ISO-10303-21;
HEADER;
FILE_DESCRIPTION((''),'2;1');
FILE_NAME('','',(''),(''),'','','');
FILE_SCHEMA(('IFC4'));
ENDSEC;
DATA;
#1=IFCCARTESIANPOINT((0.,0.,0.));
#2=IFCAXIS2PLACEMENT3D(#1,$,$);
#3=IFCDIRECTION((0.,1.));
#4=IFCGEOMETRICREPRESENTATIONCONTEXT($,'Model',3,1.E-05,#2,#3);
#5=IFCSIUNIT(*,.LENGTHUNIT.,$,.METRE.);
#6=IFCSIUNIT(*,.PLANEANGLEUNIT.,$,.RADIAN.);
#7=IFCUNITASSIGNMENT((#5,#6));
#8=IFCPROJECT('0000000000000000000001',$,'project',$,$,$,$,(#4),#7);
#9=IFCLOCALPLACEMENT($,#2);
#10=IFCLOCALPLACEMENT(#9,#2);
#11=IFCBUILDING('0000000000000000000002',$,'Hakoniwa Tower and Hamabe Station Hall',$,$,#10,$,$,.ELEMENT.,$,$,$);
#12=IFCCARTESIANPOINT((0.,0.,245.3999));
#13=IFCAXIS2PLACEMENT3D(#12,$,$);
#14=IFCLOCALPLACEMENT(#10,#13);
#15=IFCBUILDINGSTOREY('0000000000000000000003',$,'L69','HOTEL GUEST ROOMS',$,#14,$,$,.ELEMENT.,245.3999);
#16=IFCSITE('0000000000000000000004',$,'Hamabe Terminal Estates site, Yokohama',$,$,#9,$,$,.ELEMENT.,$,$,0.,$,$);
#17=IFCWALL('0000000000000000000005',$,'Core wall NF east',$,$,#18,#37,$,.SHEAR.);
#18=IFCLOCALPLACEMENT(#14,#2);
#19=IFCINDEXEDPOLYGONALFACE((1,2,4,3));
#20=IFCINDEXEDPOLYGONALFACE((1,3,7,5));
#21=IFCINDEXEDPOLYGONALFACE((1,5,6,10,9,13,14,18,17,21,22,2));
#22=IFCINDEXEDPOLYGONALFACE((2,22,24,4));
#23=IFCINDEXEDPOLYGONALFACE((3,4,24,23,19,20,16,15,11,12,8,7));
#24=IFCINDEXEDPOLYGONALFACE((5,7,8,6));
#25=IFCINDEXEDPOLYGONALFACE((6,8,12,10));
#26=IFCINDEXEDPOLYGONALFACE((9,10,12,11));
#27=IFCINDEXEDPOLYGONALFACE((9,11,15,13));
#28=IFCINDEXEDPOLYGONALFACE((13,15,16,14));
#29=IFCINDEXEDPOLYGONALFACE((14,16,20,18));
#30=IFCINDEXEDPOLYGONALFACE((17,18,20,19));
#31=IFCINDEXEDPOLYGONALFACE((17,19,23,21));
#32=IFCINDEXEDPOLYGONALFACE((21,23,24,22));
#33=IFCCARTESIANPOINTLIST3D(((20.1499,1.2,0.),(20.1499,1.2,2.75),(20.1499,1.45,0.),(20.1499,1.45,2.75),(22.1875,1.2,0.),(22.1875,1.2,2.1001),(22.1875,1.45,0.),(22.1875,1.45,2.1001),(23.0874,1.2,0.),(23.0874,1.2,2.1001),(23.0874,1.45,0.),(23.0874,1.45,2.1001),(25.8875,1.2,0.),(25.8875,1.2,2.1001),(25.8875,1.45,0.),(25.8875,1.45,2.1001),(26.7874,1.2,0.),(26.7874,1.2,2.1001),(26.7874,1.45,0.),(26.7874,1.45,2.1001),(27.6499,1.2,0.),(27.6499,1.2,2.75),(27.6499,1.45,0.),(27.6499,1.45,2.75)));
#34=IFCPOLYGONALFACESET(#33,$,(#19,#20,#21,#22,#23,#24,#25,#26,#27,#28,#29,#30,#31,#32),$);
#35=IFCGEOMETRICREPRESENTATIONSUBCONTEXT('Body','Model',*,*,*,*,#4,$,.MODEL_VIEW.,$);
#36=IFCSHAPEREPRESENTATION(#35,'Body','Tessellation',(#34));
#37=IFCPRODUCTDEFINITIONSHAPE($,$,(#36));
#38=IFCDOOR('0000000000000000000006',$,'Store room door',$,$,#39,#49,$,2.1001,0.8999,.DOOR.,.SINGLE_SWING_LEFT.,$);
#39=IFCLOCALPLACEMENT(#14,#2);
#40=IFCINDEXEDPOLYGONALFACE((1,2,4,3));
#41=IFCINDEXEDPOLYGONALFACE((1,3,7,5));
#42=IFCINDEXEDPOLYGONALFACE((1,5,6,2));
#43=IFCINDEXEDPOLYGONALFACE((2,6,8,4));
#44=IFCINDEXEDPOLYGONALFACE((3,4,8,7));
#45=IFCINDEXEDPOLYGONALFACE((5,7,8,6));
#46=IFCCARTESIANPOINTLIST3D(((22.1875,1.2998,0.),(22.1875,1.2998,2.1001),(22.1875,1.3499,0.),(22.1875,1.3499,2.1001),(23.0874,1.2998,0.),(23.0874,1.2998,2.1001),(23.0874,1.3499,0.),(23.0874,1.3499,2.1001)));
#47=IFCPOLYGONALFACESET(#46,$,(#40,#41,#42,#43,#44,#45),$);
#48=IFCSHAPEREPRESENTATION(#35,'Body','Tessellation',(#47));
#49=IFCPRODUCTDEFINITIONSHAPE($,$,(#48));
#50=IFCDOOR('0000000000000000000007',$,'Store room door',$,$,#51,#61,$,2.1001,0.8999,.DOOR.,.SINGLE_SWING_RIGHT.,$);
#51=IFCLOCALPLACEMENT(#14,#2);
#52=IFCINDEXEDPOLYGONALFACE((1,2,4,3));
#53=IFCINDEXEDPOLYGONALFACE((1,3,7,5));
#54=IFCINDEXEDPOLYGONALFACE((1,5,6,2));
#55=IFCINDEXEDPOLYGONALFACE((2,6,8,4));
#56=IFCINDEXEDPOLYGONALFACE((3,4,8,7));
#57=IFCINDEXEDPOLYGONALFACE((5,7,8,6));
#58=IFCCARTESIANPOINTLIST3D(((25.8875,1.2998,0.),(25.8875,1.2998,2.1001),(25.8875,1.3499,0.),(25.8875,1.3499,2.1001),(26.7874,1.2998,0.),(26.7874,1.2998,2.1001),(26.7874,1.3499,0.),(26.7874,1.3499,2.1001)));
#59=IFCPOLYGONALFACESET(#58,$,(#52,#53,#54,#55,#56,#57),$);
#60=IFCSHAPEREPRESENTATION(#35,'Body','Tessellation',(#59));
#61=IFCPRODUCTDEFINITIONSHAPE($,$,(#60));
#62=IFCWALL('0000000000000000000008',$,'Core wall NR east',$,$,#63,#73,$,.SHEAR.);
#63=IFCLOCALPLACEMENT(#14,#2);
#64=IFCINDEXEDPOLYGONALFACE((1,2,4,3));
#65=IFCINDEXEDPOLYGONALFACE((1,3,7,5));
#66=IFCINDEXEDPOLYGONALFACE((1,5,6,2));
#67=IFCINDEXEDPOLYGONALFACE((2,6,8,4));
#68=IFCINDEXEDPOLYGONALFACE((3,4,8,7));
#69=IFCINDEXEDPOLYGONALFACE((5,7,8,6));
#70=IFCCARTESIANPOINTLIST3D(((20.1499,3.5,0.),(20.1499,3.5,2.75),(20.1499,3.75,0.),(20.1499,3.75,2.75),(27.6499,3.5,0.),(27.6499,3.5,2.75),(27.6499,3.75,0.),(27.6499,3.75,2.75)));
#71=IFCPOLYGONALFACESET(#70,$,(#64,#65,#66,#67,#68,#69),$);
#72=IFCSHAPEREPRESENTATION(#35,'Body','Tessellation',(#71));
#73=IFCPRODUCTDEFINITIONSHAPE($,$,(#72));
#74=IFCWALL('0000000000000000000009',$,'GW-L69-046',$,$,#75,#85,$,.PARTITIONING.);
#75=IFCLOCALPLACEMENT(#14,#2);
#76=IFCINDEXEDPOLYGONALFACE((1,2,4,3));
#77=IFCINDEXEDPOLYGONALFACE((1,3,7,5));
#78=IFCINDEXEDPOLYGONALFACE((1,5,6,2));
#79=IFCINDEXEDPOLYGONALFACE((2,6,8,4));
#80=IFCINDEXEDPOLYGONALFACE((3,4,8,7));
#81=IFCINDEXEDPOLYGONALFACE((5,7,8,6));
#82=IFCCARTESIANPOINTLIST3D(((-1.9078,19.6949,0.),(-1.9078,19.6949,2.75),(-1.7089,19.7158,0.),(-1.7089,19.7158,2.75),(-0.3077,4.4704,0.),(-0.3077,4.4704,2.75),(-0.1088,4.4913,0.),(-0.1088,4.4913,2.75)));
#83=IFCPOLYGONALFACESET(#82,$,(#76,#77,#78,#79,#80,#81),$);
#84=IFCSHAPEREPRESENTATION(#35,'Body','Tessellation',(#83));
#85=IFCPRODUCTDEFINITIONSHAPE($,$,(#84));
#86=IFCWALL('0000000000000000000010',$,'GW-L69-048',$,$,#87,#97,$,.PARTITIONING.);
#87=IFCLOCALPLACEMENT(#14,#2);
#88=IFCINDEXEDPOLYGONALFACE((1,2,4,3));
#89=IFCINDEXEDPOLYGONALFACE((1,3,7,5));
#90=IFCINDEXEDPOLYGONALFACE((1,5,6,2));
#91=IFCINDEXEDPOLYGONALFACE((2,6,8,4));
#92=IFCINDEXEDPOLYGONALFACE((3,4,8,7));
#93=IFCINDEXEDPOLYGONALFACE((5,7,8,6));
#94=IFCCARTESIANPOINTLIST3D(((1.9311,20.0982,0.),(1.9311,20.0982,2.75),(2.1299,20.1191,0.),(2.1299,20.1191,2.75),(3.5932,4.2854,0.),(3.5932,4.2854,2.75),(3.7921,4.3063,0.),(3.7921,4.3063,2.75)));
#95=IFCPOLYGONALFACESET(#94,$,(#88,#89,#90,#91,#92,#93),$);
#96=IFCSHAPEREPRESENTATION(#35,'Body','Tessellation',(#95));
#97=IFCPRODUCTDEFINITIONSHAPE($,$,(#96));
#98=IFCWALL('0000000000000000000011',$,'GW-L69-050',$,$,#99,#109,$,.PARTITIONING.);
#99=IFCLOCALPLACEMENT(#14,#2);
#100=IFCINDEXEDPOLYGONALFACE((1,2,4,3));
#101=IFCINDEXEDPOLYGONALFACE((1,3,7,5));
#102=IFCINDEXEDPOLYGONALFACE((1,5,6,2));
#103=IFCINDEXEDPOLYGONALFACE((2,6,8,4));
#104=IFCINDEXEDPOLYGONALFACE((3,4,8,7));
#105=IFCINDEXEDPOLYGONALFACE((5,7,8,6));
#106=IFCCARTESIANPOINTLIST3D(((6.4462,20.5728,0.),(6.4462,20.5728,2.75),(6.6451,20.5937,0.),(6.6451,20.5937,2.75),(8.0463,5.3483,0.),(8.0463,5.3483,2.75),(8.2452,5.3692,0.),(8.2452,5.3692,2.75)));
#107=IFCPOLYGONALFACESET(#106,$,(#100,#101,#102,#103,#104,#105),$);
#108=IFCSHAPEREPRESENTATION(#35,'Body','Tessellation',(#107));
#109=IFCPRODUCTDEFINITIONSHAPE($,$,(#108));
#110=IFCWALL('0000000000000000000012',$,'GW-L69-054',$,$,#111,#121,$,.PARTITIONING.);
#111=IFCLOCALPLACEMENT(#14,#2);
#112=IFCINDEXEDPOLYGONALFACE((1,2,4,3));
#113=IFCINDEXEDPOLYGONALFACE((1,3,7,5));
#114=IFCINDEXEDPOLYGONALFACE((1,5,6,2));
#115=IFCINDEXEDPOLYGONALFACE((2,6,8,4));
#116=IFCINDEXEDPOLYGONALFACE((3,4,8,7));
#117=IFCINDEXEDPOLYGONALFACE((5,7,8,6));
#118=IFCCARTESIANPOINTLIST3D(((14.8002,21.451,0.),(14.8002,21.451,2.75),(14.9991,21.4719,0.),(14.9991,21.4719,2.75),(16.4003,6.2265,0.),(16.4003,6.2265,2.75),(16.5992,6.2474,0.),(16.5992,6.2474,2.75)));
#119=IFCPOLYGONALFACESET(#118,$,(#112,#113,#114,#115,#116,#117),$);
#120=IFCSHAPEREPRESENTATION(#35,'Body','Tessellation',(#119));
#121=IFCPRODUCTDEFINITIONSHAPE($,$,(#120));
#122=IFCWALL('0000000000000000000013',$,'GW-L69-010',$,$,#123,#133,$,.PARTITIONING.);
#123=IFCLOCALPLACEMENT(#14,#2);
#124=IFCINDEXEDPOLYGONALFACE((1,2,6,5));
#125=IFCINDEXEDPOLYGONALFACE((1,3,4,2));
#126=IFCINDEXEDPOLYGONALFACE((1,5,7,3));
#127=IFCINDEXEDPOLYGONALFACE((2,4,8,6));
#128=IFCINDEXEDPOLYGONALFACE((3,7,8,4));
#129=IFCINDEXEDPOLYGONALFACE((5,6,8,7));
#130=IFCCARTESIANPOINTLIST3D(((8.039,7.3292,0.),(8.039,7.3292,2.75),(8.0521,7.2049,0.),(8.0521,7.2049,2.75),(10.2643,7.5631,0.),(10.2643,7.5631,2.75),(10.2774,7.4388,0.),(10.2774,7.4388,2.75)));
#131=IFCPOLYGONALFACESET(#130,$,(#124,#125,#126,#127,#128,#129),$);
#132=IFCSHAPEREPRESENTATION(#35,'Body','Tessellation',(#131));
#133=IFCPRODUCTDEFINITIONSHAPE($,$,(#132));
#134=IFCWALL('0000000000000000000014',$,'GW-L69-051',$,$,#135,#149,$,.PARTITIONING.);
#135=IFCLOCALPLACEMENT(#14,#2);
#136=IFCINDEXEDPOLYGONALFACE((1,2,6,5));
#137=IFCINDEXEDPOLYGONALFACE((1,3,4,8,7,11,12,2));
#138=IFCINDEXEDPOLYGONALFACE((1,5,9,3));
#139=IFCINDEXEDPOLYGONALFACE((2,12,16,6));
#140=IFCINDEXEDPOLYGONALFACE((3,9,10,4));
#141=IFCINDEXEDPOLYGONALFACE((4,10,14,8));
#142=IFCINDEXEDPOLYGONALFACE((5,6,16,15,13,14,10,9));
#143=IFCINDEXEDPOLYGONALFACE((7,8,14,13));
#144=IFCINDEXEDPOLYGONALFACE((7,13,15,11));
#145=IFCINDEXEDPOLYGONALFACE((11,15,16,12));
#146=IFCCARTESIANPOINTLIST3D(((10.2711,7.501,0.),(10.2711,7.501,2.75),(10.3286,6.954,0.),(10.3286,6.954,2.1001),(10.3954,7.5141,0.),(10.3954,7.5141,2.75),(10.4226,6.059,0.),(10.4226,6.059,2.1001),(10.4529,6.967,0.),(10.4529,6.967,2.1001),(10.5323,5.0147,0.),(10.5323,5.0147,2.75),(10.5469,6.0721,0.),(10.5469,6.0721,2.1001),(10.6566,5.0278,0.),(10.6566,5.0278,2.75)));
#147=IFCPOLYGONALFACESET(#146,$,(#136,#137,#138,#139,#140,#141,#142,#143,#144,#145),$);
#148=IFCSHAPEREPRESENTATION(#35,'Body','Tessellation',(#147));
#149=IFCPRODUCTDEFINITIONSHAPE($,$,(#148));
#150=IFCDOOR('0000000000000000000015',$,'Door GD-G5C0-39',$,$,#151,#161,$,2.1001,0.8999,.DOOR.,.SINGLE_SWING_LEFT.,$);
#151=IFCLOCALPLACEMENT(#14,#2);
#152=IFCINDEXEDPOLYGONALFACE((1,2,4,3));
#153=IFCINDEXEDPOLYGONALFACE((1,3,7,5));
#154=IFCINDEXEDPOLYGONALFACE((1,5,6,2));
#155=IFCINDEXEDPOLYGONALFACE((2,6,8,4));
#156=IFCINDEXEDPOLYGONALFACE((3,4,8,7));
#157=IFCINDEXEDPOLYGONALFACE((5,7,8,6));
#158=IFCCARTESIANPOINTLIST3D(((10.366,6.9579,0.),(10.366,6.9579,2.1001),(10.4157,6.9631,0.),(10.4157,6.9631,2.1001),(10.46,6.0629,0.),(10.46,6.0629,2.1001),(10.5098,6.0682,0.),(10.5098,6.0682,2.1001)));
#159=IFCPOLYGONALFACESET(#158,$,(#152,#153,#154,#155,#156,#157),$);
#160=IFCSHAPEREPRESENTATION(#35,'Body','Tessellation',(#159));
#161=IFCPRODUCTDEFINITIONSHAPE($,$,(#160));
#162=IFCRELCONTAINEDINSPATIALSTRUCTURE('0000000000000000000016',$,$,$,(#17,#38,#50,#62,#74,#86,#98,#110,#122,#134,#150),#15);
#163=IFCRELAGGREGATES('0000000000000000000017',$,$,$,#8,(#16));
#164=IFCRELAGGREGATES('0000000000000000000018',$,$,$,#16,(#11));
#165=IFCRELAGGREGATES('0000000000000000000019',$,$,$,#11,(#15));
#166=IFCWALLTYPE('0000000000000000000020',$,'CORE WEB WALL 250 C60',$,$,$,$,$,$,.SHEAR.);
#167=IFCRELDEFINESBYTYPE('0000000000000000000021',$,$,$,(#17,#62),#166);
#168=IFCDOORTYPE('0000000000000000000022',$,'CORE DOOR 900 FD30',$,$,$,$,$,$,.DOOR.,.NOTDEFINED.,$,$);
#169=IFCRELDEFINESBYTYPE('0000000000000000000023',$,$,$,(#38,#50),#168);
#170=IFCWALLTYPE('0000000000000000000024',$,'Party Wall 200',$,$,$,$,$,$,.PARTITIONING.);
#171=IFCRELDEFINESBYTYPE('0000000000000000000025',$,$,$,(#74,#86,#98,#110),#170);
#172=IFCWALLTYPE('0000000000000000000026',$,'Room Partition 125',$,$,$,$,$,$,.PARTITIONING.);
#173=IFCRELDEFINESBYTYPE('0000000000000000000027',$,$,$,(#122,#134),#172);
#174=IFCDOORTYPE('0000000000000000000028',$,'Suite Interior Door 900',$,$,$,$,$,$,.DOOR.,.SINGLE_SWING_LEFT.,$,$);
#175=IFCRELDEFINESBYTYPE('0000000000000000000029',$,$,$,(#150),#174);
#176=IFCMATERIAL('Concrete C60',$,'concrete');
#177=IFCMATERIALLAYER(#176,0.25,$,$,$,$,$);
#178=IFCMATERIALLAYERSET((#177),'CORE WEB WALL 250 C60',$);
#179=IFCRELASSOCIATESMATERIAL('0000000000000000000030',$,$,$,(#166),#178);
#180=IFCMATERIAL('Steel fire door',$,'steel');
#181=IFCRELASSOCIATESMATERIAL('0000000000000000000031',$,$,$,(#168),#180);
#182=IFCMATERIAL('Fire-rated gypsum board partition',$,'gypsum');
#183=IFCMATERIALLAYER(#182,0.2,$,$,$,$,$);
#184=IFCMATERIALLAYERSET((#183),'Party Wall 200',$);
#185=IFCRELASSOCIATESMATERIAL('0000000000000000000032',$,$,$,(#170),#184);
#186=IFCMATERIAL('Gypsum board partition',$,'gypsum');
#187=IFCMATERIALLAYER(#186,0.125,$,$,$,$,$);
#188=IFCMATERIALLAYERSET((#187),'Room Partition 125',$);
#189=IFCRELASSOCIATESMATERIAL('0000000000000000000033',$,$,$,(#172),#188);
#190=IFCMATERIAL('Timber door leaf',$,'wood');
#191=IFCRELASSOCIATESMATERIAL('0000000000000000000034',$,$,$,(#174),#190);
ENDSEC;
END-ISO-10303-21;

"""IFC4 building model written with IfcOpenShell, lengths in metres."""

from ifc_helpers import new_model, si_unit, direction, frame, frame_2d, origin, place, context, subcontext, project, spatial, rectangle, extrude, material, layer, layer_set, type_object, element, fill, save


model = new_model("IFC4")

# Units and contexts
model_context = context("Model", 3, precision=1e-05, world=origin(), true_north=direction((0.0, 1.0)))
body_context = subcontext(model_context, "Body", "Model", "MODEL_VIEW")
ifc_project = project(units=[si_unit("LENGTHUNIT", "METRE"), si_unit("PLANEANGLEUNIT", "RADIAN")], contexts=[model_context])

# Site, building, storey
site_placement = place(None, origin())
site = spatial("IfcSite", under=ifc_project, at=site_placement, Name="Hamabe Terminal Estates site, Yokohama", CompositionType="ELEMENT", RefElevation=0.0)
building_placement = place(site_placement, origin())
building = spatial("IfcBuilding", under=site, at=building_placement, Name="Hakoniwa Tower and Hamabe Station Hall", CompositionType="ELEMENT")
storey_placement = place(building_placement, frame((0.0, 0.0, 245.3999)))
storey = spatial("IfcBuildingStorey", under=building, at=storey_placement, Name="L69", Description="HOTEL GUEST ROOMS", CompositionType="ELEMENT", Elevation=245.3999)

# Shared definitions
ifc_material_1 = material(Name="Concrete C60", Category="concrete")
ifc_layer_1 = layer(ifc_material_1, 0.25)
ifc_layer_set_1 = layer_set([ifc_layer_1], Name="CORE WEB WALL 250 C60")
wall_type_1 = type_object("IfcWallType", Name="CORE WEB WALL 250 C60", PredefinedType="SHEAR", material=ifc_layer_set_1)

# Wall, openings, doors
wall_1_placement = place(storey_placement, frame((20.1499, 1.325, 0.0), z_axis=(0.0, 0.0, 1.0), x_axis=(1.0, 0.0, 0.0)))
wall_1 = element("IfcWall", 1, at=wall_1_placement, inside=storey, type_object=wall_type_1, Name="Core wall NF east", PredefinedType="SHEAR", context=body_context, shape_type="SweptSolid", body=[
    extrude(rectangle(XDim=7.5, YDim=0.25, at=frame_2d((3.75, 0.0))), origin(), (0.0, 0.0, 1.0), 2.75),
])
opening_1_placement = place(wall_1_placement, frame((2.0376, 0.0, 0.0)))
opening_1 = element("IfcOpeningElement", 2, at=opening_1_placement, cuts=wall_1, PredefinedType="OPENING", context=body_context, shape_type="SweptSolid", body=[
    extrude(rectangle(XDim=0.8999, YDim=2.1001, at=frame_2d((0.45, 1.05))), frame((0.0, 0.135, 0.0), z_axis=(0.0, -1.0, 0.0), x_axis=(1.0, 0.0, 0.0)), (0.0, 0.0, 1.0), 0.27),
])
opening_2_placement = place(wall_1_placement, frame((5.7375, 0.0, 0.0)))
opening_2 = element("IfcOpeningElement", 3, at=opening_2_placement, cuts=wall_1, PredefinedType="OPENING", context=body_context, shape_type="SweptSolid", body=[
    extrude(rectangle(XDim=0.8999, YDim=2.1001, at=frame_2d((0.45, 1.05))), frame((0.0, 0.135, 0.0), z_axis=(0.0, -1.0, 0.0), x_axis=(1.0, 0.0, 0.0)), (0.0, 0.0, 1.0), 0.27),
])
ifc_material_2 = material(Name="Steel fire door", Category="steel")
door_type_1 = type_object("IfcDoorType", Name="CORE DOOR 900 FD30", OperationType="NOTDEFINED", PredefinedType="DOOR", material=ifc_material_2)
door_1_placement = place(opening_1_placement, origin())
door_1 = element("IfcDoor", 4, at=door_1_placement, inside=storey, type_object=door_type_1, Name="Store room door", OperationType="SINGLE_SWING_LEFT", OverallHeight=2.1001, OverallWidth=0.8999, PredefinedType="DOOR", context=body_context, shape_type="SweptSolid", body=[
    extrude(rectangle(XDim=0.8999, YDim=2.1001, at=frame_2d((0.45, 1.05))), frame((0.0, 0.0249, 0.0), z_axis=(0.0, -1.0, 0.0), x_axis=(1.0, 0.0, 0.0)), (0.0, 0.0, 1.0), 0.05),
])
fill(opening_1, door_1)
door_2_placement = place(opening_2_placement, origin())
door_2 = element("IfcDoor", 5, at=door_2_placement, inside=storey, type_object=door_type_1, Name="Store room door", OperationType="SINGLE_SWING_RIGHT", OverallHeight=2.1001, OverallWidth=0.8999, PredefinedType="DOOR", context=body_context, shape_type="SweptSolid", body=[
    extrude(rectangle(XDim=0.8999, YDim=2.1001, at=frame_2d((0.45, 1.05))), frame((0.0, 0.0249, 0.0), z_axis=(0.0, -1.0, 0.0), x_axis=(1.0, 0.0, 0.0)), (0.0, 0.0, 1.0), 0.05),
])
fill(opening_2, door_2)

# Walls
wall_2_placement = place(storey_placement, frame((20.1499, 3.625, 0.0), z_axis=(0.0, 0.0, 1.0), x_axis=(1.0, 0.0, 0.0)))
element("IfcWall", 6, at=wall_2_placement, inside=storey, type_object=wall_type_1, Name="Core wall NR east", PredefinedType="SHEAR", context=body_context, shape_type="SweptSolid", body=[
    extrude(rectangle(XDim=7.5, YDim=0.25, at=frame_2d((3.75, 0.0))), origin(), (0.0, 0.0, 1.0), 2.75),
])
ifc_material_3 = material(Name="Fire-rated gypsum board partition", Category="gypsum")
ifc_layer_2 = layer(ifc_material_3, 0.2)
ifc_layer_set_2 = layer_set([ifc_layer_2], Name="Party Wall 200")
wall_type_2 = type_object("IfcWallType", Name="Party Wall 200", PredefinedType="PARTITIONING", material=ifc_layer_set_2)
wall_3_placement = place(storey_placement, frame((-0.2083, 4.4807, 0.0), z_axis=(0.0, 0.0, 1.0), x_axis=(-0.104524, 0.994522, 0.0)))
element("IfcWall", 7, at=wall_3_placement, inside=storey, type_object=wall_type_2, Name="GW-L69-046", PredefinedType="PARTITIONING", context=body_context, shape_type="SweptSolid", body=[
    extrude(rectangle(XDim=15.3083, YDim=0.2, at=frame_2d((7.6543, 0.0))), origin(), (0.0, 0.0, 1.0), 2.75),
])
wall_4_placement = place(storey_placement, frame((3.6926, 4.2959, 0.0), z_axis=(0.0, 0.0, 1.0), x_axis=(-0.104536, 0.994521, 0.0)))
element("IfcWall", 8, at=wall_4_placement, inside=storey, type_object=wall_type_2, Name="GW-L69-048", PredefinedType="PARTITIONING", context=body_context, shape_type="SweptSolid", body=[
    extrude(rectangle(XDim=15.8999, YDim=0.2, at=frame_2d((7.95, 0.0))), origin(), (0.0, 0.0, 1.0), 2.75),
])
for number, where, z_axis, x_axis, name in (
    (9, (8.1458, 5.3586, 0.0), (0.0, 0.0, 1.0), (-0.104524, 0.994522, 0.0), "GW-L69-050"),
    (10, (16.4998, 6.2368, 0.0), (0.0, 0.0, 1.0), (-0.104524, 0.994522, 0.0), "GW-L69-054"),
):
    element("IfcWall", number, at=place(storey_placement, frame(where, z_axis=z_axis, x_axis=x_axis)), inside=storey, type_object=wall_type_2, Name=name, PredefinedType="PARTITIONING", context=body_context, shape_type="SweptSolid", body=[
        extrude(rectangle(XDim=15.3083, YDim=0.2, at=frame_2d((7.6543, 0.0))), origin(), (0.0, 0.0, 1.0), 2.75),
    ])
ifc_material_4 = material(Name="Gypsum board partition", Category="gypsum")
ifc_layer_3 = layer(ifc_material_4, 0.125)
ifc_layer_set_3 = layer_set([ifc_layer_3], Name="Room Partition 125")
wall_type_3 = type_object("IfcWallType", Name="Room Partition 125", PredefinedType="PARTITIONING", material=ifc_layer_set_3)
wall_5_placement = place(storey_placement, frame((8.0457, 7.2671, 0.0), z_axis=(0.0, 0.0, 1.0), x_axis=(0.994522, 0.104526, 0.0)))
element("IfcWall", 11, at=wall_5_placement, inside=storey, type_object=wall_type_3, Name="GW-L69-010", PredefinedType="PARTITIONING", context=body_context, shape_type="SweptSolid", body=[
    extrude(rectangle(XDim=2.2375, YDim=0.125, at=frame_2d((1.1187, 0.0))), origin(), (0.0, 0.0, 1.0), 2.75),
])

# Wall, opening, door
wall_6_placement = place(storey_placement, frame((10.5945, 5.0212, 0.0), z_axis=(0.0, 0.0, 1.0), x_axis=(-0.104492, 0.994526, 0.0)))
wall_6 = element("IfcWall", 12, at=wall_6_placement, inside=storey, type_object=wall_type_3, Name="GW-L69-051", PredefinedType="PARTITIONING", context=body_context, shape_type="SweptSolid", body=[
    extrude(rectangle(XDim=2.5, YDim=0.125, at=frame_2d((1.25, 0.0))), origin(), (0.0, 0.0, 1.0), 2.75),
])
opening_3_placement = place(wall_6_placement, frame((1.05, 0.0, 0.0)))
opening_3 = element("IfcOpeningElement", 13, at=opening_3_placement, cuts=wall_6, PredefinedType="OPENING", context=body_context, shape_type="SweptSolid", body=[
    extrude(rectangle(XDim=0.8999, YDim=2.1001, at=frame_2d((0.45, 1.05))), frame((0.0, 0.0725, 0.0), z_axis=(0.0, -1.0, 0.0), x_axis=(1.0, 0.0, 0.0)), (0.0, 0.0, 1.0), 0.145),
])
ifc_material_5 = material(Name="Timber door leaf", Category="wood")
door_type_2 = type_object("IfcDoorType", Name="Suite Interior Door 900", OperationType="SINGLE_SWING_LEFT", PredefinedType="DOOR", material=ifc_material_5)
door_3_placement = place(opening_3_placement, origin())
door_3 = element("IfcDoor", 14, at=door_3_placement, inside=storey, type_object=door_type_2, Name="Door GD-G5C0-39", OperationType="SINGLE_SWING_LEFT", OverallHeight=2.1001, OverallWidth=0.8999, PredefinedType="DOOR", context=body_context, shape_type="SweptSolid", body=[
    extrude(rectangle(XDim=0.8999, YDim=2.1001, at=frame_2d((0.45, 1.05))), frame((0.0, 0.0249, 0.0), z_axis=(0.0, -1.0, 0.0), x_axis=(1.0, 0.0, 0.0)), (0.0, 0.0, 1.0), 0.05),
])
fill(opening_3, door_3)

save(model, "model.ifc")
